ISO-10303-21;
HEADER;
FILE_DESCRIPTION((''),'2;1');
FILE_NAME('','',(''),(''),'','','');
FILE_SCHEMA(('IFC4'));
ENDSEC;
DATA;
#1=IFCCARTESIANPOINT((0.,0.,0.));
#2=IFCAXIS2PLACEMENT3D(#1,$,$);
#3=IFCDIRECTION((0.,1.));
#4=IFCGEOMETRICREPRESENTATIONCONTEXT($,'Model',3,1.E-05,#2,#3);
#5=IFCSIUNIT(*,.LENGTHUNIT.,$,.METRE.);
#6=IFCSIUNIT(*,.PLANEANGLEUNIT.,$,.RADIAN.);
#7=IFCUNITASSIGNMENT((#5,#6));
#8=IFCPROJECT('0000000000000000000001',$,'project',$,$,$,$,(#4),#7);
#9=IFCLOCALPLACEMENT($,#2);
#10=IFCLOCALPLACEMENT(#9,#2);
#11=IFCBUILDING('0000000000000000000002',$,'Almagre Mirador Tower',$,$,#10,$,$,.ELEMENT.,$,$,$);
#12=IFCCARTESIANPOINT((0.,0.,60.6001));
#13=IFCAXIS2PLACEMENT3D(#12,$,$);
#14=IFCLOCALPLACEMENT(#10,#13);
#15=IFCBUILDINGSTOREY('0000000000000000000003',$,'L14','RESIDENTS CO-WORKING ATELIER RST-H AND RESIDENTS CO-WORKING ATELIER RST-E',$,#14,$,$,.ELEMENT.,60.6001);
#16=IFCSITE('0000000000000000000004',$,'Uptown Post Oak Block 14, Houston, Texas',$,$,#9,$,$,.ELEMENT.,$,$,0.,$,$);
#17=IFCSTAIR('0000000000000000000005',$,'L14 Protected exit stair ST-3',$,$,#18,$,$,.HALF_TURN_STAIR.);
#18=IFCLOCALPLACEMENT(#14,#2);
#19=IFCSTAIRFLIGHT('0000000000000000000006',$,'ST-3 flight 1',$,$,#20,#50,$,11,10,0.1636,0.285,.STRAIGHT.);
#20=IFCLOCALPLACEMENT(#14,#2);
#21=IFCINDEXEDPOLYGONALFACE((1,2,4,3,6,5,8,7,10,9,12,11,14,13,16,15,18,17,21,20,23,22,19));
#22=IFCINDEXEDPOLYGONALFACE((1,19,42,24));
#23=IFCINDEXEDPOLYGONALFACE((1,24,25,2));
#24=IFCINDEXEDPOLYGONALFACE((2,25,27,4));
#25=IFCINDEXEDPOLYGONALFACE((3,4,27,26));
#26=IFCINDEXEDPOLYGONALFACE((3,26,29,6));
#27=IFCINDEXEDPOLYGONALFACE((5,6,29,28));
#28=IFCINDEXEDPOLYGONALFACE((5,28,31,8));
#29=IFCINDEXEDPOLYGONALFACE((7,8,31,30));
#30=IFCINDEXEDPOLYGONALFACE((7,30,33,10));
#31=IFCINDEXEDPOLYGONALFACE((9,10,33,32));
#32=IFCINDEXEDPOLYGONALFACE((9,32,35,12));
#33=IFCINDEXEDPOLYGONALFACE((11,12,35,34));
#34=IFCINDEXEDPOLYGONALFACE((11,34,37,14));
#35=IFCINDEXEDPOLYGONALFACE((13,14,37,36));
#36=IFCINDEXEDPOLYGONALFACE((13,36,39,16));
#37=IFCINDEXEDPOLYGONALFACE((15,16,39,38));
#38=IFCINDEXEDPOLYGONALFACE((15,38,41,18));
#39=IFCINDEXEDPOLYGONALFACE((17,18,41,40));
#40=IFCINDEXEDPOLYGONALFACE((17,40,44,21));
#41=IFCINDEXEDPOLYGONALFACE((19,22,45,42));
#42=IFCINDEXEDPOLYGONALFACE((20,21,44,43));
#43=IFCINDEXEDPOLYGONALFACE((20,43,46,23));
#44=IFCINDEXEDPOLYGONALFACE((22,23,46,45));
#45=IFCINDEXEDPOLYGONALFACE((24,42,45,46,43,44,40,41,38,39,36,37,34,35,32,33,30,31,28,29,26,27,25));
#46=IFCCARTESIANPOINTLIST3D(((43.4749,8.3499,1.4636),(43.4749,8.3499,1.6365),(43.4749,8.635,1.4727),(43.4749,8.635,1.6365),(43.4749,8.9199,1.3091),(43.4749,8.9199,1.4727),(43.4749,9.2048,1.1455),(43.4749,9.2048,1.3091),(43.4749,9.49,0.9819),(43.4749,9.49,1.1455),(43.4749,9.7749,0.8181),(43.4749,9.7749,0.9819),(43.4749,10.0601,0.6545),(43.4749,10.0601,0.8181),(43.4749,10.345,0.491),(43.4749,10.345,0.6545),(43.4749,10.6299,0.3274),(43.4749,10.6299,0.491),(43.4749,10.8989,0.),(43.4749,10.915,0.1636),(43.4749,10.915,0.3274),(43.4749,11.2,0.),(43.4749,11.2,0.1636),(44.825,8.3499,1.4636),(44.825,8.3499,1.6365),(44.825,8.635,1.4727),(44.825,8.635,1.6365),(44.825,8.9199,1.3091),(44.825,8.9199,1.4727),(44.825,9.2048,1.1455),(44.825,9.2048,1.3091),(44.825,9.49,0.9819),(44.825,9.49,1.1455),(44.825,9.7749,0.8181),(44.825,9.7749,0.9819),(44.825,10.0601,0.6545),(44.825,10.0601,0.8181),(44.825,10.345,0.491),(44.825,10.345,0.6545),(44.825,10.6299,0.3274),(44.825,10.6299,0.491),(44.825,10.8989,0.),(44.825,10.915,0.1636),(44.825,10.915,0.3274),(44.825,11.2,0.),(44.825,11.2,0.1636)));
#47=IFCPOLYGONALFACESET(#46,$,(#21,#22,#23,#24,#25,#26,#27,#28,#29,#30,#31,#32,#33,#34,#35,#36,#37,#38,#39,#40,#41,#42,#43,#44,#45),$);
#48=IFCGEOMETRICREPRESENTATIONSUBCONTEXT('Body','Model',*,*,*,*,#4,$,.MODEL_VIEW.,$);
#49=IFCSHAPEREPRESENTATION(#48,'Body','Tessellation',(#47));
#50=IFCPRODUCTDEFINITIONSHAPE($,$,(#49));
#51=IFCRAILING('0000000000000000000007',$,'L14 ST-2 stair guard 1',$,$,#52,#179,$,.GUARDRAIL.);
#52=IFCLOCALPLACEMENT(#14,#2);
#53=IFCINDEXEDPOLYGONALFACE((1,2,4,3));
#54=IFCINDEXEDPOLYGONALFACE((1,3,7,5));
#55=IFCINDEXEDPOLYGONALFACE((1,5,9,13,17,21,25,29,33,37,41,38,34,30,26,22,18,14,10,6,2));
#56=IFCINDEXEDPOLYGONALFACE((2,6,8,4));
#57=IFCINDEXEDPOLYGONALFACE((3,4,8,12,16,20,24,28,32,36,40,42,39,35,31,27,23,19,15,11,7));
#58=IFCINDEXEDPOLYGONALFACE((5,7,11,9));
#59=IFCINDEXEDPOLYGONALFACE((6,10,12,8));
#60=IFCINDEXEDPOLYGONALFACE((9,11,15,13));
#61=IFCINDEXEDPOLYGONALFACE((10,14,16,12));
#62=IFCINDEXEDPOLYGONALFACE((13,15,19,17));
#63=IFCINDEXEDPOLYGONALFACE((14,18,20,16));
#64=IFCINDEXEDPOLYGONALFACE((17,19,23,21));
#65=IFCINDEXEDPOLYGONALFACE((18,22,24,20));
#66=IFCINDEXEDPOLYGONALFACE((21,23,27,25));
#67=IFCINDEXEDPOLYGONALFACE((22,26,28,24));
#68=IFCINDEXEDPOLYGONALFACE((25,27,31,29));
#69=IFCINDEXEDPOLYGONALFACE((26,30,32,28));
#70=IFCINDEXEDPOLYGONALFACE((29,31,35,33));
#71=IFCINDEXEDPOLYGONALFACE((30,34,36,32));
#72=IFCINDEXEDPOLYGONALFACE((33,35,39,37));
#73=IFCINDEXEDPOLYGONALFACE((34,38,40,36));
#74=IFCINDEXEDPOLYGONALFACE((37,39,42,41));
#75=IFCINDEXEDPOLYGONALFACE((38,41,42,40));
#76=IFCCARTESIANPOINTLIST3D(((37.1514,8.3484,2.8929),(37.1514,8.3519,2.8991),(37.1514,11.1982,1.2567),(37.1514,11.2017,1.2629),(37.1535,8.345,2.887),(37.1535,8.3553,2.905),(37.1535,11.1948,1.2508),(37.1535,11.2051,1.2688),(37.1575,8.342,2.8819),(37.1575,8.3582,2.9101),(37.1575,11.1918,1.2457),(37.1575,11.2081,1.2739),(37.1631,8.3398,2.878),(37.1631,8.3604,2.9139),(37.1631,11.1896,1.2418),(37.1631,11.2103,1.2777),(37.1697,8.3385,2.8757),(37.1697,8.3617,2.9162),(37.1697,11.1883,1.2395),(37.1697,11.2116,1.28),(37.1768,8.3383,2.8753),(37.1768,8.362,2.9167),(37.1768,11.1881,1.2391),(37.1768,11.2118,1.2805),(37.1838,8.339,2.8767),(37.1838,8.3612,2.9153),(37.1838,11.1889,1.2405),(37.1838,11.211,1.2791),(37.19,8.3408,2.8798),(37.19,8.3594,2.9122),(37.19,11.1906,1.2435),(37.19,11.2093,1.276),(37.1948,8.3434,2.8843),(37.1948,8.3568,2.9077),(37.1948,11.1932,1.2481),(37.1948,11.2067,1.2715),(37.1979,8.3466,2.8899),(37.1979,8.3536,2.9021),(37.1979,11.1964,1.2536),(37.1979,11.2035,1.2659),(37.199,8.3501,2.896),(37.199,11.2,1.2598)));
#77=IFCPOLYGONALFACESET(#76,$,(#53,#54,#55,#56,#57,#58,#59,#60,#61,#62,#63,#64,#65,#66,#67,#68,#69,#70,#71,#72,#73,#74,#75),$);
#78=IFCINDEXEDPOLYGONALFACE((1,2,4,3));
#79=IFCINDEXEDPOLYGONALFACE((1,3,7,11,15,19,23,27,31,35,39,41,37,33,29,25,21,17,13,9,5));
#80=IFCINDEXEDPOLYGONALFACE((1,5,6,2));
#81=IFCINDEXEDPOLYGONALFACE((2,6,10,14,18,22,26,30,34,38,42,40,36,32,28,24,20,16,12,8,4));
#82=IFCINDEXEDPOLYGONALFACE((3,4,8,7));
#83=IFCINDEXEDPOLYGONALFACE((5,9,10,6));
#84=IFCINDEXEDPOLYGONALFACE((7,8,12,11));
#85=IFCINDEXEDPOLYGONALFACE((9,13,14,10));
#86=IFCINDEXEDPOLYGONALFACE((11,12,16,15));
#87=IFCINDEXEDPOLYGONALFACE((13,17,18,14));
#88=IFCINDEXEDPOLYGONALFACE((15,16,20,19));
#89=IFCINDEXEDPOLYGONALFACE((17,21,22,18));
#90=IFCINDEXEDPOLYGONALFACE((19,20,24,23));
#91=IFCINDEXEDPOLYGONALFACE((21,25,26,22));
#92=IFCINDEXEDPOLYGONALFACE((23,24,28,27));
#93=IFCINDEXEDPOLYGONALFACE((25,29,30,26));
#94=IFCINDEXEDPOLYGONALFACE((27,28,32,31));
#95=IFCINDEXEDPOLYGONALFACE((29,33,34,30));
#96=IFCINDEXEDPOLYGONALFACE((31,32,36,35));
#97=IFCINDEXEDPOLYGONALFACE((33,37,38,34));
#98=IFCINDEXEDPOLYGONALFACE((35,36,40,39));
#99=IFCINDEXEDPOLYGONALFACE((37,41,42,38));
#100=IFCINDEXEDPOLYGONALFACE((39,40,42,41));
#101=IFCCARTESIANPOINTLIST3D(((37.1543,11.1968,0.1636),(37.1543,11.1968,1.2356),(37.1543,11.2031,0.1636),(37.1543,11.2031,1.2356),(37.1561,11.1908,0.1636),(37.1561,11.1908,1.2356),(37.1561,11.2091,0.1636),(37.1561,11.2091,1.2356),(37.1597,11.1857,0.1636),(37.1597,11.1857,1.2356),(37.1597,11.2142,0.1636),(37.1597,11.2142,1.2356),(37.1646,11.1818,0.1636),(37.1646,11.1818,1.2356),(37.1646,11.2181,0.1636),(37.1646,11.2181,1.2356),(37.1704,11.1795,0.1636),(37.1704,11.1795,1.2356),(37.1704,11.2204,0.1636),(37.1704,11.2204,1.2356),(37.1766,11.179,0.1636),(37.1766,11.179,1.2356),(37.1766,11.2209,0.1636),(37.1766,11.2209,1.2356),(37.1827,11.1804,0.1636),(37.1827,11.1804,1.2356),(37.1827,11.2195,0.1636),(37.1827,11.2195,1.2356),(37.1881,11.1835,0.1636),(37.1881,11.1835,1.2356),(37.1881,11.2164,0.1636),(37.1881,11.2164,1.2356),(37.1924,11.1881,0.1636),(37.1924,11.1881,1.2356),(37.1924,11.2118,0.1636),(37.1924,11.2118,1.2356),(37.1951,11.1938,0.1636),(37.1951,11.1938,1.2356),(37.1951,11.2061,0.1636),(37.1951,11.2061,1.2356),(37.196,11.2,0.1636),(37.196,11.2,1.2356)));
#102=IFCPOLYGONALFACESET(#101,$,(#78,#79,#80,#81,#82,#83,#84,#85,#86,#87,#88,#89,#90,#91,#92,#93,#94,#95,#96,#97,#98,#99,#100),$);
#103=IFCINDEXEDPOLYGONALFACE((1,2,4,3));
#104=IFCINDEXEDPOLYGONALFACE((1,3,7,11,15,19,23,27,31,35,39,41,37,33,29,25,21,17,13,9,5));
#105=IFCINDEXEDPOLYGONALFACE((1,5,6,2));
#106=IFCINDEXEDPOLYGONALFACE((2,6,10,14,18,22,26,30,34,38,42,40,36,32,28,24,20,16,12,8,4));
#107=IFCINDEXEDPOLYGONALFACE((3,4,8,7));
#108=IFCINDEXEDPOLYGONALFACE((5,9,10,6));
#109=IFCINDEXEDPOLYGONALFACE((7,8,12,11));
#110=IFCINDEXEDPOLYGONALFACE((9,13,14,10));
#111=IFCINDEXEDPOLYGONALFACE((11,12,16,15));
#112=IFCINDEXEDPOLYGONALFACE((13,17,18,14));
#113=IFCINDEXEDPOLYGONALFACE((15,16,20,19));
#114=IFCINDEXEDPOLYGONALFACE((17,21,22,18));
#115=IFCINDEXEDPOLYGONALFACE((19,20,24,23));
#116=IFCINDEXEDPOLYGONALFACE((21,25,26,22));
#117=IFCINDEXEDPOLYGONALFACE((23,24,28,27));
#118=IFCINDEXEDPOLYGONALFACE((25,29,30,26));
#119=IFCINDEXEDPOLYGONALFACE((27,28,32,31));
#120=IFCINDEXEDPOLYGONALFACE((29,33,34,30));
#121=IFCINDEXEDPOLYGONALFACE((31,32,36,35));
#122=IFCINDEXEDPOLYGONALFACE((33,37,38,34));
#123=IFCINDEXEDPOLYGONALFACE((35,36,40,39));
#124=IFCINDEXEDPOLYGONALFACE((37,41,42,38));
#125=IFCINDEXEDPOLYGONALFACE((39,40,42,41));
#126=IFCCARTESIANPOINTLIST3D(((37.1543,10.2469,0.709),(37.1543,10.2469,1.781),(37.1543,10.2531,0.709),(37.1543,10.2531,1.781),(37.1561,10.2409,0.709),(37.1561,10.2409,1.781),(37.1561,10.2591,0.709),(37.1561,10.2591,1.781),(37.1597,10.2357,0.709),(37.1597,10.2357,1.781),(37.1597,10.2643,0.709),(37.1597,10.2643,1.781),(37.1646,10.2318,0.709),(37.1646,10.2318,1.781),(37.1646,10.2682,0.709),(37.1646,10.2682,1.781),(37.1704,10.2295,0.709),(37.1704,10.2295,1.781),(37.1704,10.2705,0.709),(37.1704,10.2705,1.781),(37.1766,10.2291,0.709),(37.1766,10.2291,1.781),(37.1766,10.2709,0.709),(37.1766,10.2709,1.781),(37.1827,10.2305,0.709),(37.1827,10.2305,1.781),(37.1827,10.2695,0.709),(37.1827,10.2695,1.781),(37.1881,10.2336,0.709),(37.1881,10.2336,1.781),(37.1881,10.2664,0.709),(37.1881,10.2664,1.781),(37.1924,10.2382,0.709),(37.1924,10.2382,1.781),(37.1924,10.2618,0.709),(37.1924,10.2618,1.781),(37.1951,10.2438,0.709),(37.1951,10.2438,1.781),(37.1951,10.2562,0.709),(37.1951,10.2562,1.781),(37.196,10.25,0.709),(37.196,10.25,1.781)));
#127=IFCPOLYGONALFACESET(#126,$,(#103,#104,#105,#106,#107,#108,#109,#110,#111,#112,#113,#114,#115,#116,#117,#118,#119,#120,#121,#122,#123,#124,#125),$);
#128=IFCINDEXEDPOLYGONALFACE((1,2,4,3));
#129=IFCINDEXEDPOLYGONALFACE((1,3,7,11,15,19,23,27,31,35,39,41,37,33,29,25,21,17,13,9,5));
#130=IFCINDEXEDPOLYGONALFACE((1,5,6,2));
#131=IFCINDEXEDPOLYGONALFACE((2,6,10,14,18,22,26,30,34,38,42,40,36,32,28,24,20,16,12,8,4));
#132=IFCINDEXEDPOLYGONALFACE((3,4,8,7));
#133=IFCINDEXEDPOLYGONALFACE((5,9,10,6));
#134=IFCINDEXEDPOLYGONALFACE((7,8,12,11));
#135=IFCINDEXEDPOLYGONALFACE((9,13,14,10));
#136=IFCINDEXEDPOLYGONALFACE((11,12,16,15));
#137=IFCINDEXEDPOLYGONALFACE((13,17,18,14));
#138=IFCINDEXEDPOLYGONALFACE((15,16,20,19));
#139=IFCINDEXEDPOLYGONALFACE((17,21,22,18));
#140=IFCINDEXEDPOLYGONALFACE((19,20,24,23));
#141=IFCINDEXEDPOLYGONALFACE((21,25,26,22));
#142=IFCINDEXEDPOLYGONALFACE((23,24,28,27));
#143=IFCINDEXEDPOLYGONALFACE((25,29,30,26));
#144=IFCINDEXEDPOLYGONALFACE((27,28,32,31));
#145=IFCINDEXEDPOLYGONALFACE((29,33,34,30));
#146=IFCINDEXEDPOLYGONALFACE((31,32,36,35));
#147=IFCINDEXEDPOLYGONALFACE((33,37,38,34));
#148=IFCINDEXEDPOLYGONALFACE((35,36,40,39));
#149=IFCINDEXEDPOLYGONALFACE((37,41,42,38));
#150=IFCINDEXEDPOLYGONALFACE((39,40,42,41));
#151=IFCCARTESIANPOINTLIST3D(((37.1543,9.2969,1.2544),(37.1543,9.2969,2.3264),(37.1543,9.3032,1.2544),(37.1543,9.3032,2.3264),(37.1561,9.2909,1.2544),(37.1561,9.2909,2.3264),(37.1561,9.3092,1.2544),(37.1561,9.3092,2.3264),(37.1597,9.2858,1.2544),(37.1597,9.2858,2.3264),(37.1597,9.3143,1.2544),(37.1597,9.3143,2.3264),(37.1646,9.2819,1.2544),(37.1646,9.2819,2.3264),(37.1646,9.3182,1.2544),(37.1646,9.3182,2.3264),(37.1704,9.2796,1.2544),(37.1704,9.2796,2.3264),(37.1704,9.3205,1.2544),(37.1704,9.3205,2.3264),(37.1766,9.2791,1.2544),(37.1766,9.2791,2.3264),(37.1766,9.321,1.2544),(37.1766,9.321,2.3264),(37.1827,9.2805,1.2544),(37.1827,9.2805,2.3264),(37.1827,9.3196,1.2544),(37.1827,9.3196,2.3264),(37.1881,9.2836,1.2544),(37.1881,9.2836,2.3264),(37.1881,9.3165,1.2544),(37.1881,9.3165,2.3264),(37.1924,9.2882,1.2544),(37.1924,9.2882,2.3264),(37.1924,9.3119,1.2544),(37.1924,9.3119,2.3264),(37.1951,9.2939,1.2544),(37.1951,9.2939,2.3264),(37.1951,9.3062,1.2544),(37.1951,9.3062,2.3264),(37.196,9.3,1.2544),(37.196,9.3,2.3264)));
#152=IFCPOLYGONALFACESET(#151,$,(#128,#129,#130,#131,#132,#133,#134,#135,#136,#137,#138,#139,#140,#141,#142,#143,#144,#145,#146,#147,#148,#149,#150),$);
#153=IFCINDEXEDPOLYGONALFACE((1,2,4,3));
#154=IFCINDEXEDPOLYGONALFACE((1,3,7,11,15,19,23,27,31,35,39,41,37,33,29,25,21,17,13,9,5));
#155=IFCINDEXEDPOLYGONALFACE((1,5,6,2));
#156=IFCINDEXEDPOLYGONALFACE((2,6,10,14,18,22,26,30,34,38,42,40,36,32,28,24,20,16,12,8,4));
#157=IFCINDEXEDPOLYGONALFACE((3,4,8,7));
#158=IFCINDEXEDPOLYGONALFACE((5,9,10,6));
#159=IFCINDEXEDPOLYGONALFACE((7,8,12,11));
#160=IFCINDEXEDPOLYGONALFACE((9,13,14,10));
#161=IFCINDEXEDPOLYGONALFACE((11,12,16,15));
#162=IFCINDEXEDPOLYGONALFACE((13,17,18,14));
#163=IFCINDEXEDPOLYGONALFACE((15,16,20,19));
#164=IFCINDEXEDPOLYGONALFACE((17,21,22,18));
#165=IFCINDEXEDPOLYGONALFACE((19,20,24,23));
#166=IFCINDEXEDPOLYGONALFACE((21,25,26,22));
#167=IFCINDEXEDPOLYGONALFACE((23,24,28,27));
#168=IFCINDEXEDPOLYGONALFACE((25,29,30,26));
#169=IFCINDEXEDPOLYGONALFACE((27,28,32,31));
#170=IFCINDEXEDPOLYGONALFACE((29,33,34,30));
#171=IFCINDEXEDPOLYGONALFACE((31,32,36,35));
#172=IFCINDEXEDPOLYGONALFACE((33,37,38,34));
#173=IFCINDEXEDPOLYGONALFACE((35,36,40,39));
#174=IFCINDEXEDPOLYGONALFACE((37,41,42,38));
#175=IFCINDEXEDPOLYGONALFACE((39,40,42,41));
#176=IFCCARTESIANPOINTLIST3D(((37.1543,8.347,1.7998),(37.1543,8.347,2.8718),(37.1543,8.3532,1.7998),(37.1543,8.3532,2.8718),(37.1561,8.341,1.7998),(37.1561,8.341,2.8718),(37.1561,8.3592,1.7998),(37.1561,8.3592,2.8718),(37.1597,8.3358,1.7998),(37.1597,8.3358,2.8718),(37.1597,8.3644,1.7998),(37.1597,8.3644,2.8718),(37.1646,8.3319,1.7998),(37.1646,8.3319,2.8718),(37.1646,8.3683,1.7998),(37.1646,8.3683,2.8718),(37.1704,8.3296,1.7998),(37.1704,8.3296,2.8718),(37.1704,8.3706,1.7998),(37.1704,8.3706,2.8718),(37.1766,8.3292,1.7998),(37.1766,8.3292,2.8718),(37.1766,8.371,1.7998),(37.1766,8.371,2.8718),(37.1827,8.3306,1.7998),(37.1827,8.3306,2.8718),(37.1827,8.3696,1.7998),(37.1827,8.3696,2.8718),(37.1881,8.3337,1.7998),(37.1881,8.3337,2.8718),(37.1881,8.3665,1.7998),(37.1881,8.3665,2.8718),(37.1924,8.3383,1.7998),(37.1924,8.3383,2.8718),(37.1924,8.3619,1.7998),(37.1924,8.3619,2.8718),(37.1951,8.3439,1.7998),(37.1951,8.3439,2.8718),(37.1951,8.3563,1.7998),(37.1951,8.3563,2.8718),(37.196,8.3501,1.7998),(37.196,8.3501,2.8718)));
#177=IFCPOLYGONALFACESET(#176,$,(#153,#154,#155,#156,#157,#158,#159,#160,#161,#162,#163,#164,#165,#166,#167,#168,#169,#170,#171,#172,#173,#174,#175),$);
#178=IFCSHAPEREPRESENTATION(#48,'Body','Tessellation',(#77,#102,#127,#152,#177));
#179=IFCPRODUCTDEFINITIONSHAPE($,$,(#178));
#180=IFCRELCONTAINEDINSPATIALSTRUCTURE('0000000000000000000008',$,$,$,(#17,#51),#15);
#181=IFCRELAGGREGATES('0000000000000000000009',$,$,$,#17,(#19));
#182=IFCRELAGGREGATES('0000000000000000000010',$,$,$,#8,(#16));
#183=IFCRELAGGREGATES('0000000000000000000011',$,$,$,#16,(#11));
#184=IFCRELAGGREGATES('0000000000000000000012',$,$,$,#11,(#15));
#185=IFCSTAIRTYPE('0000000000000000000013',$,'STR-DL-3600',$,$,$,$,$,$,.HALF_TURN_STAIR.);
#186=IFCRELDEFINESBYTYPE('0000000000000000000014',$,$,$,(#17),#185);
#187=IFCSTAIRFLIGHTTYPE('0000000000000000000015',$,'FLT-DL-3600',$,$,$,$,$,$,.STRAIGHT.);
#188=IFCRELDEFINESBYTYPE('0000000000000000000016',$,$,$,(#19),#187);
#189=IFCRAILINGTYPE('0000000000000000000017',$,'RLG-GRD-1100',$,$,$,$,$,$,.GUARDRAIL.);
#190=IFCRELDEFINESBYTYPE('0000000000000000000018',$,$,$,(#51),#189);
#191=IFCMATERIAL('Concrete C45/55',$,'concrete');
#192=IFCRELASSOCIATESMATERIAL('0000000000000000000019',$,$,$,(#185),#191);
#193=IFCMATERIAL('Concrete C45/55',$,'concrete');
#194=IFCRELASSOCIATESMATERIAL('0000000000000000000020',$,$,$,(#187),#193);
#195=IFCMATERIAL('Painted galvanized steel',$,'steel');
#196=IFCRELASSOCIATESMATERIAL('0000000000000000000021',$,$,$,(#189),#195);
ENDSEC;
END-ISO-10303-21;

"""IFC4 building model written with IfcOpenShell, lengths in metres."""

from ifc_helpers import new_model, si_unit, direction, frame, origin, origin_2d, place, context, subcontext, project, spatial, polyline, circle, outline, extrude, material, type_object, element, aggregate, save


model = new_model("IFC4")

# Units and contexts
model_context = context("Model", 3, precision=1e-05, world=origin(), true_north=direction((0.0, 1.0)))
body_context = subcontext(model_context, "Body", "Model", "MODEL_VIEW")
ifc_project = project(units=[si_unit("LENGTHUNIT", "METRE"), si_unit("PLANEANGLEUNIT", "RADIAN")], contexts=[model_context])

# Site, building, storey
site_placement = place(None, origin())
site = spatial("IfcSite", under=ifc_project, at=site_placement, Name="Uptown Post Oak Block 14, Houston, Texas", CompositionType="ELEMENT", RefElevation=0.0)
building_placement = place(site_placement, origin())
building = spatial("IfcBuilding", under=site, at=building_placement, Name="Almagre Mirador Tower", CompositionType="ELEMENT")
storey_placement = place(building_placement, frame((0.0, 0.0, 60.6001)))
storey = spatial("IfcBuildingStorey", under=building, at=storey_placement, Name="L14", Description="RESIDENTS CO-WORKING ATELIER RST-H AND RESIDENTS CO-WORKING ATELIER RST-E", CompositionType="ELEMENT", Elevation=60.6001)

# Shared definitions
ifc_material_1 = material(Name="Concrete C45/55", Category="concrete")
stair_type = type_object("IfcStairType", Name="STR-DL-3600", PredefinedType="HALF_TURN_STAIR", material=ifc_material_1)
ifc_material_2 = material(Name="Concrete C45/55", Category="concrete")
stair_flight_type = type_object("IfcStairFlightType", Name="FLT-DL-3600", PredefinedType="STRAIGHT", material=ifc_material_2)

# Stair, stair flight
stair_1_placement = place(storey_placement, origin())
stair_1 = element("IfcStair", 1, at=stair_1_placement, inside=storey, type_object=stair_type, Name="L14 Protected exit stair ST-3", PredefinedType="HALF_TURN_STAIR")
stair_flight_1_placement = place(storey_placement, frame((44.1499, 11.2, 0.0), z_axis=(0.0, 0.0, 1.0), x_axis=(0.0, -1.0, 0.0)))
stair_flight_1 = element("IfcStairFlight", 2, at=stair_flight_1_placement, type_object=stair_flight_type, Name="ST-3 flight 1", NumberOfRisers=11, NumberOfTreads=10, PredefinedType="STRAIGHT", RiserHeight=0.1636, TreadLength=0.285, context=body_context, shape_type="SweptSolid", body=[
    extrude(outline(polyline([(0.0, 0.0), (0.0, 0.1636), (0.2849, 0.1636), (0.2849, 0.3274), (0.5701, 0.3274), (0.5701, 0.491), (0.855, 0.491), (0.855, 0.6545), (1.1399, 0.6545), (1.1399, 0.8181), (1.425, 0.8181), (1.425, 0.9819), (1.71, 0.9819), (1.71, 1.1455), (1.9951, 1.1455), (1.9951, 1.3091), (2.28, 1.3091), (2.28, 1.4727), (2.5649, 1.4727), (2.5649, 1.6365), (2.8501, 1.6365), (2.8501, 1.8), (2.8501, 1.4636), (0.301, 0.0), (0.0, 0.0)])), frame((0.0, 0.675, 0.0), z_axis=(0.0, -1.0, 0.0), x_axis=(1.0, 0.0, 0.0)), (0.0, 0.0, 1.0), 1.3501),
])
aggregate(stair_1, [stair_flight_1])

# Railing
ifc_material_3 = material(Name="Painted galvanized steel", Category="steel")
railing_type_1 = type_object("IfcRailingType", Name="RLG-GRD-1100", PredefinedType="GUARDRAIL", material=ifc_material_3)
railing_1_placement = place(storey_placement, frame((37.175, 11.2, 0.1636)))
element("IfcRailing", 3, at=railing_1_placement, inside=storey, type_object=railing_type_1, Name="L14 ST-2 stair guard 1", PredefinedType="GUARDRAIL", context=body_context, shape_type="SweptSolid", body=[
    extrude(circle(Radius=0.0239, at=origin_2d()), frame((0.0, 0.0, 1.0962), z_axis=(0.0, -0.867226, 0.497914), x_axis=(1.0, 0.0, 0.0)), (0.0, 0.0, 1.0), 3.2861),
    extrude(circle(Radius=0.021, at=origin_2d()), origin(), (0.0, 0.0, 1.0), 1.072),
    extrude(circle(Radius=0.021, at=origin_2d()), frame((0.0, -0.95, 0.5454)), (0.0, 0.0, 1.0), 1.072),
    extrude(circle(Radius=0.021, at=origin_2d()), frame((0.0, -1.8999, 1.0908)), (0.0, 0.0, 1.0), 1.072),
    extrude(circle(Radius=0.021, at=origin_2d()), frame((0.0, -2.8499, 1.6362)), (0.0, 0.0, 1.0), 1.072),
])

save(model, "model.ifc")
